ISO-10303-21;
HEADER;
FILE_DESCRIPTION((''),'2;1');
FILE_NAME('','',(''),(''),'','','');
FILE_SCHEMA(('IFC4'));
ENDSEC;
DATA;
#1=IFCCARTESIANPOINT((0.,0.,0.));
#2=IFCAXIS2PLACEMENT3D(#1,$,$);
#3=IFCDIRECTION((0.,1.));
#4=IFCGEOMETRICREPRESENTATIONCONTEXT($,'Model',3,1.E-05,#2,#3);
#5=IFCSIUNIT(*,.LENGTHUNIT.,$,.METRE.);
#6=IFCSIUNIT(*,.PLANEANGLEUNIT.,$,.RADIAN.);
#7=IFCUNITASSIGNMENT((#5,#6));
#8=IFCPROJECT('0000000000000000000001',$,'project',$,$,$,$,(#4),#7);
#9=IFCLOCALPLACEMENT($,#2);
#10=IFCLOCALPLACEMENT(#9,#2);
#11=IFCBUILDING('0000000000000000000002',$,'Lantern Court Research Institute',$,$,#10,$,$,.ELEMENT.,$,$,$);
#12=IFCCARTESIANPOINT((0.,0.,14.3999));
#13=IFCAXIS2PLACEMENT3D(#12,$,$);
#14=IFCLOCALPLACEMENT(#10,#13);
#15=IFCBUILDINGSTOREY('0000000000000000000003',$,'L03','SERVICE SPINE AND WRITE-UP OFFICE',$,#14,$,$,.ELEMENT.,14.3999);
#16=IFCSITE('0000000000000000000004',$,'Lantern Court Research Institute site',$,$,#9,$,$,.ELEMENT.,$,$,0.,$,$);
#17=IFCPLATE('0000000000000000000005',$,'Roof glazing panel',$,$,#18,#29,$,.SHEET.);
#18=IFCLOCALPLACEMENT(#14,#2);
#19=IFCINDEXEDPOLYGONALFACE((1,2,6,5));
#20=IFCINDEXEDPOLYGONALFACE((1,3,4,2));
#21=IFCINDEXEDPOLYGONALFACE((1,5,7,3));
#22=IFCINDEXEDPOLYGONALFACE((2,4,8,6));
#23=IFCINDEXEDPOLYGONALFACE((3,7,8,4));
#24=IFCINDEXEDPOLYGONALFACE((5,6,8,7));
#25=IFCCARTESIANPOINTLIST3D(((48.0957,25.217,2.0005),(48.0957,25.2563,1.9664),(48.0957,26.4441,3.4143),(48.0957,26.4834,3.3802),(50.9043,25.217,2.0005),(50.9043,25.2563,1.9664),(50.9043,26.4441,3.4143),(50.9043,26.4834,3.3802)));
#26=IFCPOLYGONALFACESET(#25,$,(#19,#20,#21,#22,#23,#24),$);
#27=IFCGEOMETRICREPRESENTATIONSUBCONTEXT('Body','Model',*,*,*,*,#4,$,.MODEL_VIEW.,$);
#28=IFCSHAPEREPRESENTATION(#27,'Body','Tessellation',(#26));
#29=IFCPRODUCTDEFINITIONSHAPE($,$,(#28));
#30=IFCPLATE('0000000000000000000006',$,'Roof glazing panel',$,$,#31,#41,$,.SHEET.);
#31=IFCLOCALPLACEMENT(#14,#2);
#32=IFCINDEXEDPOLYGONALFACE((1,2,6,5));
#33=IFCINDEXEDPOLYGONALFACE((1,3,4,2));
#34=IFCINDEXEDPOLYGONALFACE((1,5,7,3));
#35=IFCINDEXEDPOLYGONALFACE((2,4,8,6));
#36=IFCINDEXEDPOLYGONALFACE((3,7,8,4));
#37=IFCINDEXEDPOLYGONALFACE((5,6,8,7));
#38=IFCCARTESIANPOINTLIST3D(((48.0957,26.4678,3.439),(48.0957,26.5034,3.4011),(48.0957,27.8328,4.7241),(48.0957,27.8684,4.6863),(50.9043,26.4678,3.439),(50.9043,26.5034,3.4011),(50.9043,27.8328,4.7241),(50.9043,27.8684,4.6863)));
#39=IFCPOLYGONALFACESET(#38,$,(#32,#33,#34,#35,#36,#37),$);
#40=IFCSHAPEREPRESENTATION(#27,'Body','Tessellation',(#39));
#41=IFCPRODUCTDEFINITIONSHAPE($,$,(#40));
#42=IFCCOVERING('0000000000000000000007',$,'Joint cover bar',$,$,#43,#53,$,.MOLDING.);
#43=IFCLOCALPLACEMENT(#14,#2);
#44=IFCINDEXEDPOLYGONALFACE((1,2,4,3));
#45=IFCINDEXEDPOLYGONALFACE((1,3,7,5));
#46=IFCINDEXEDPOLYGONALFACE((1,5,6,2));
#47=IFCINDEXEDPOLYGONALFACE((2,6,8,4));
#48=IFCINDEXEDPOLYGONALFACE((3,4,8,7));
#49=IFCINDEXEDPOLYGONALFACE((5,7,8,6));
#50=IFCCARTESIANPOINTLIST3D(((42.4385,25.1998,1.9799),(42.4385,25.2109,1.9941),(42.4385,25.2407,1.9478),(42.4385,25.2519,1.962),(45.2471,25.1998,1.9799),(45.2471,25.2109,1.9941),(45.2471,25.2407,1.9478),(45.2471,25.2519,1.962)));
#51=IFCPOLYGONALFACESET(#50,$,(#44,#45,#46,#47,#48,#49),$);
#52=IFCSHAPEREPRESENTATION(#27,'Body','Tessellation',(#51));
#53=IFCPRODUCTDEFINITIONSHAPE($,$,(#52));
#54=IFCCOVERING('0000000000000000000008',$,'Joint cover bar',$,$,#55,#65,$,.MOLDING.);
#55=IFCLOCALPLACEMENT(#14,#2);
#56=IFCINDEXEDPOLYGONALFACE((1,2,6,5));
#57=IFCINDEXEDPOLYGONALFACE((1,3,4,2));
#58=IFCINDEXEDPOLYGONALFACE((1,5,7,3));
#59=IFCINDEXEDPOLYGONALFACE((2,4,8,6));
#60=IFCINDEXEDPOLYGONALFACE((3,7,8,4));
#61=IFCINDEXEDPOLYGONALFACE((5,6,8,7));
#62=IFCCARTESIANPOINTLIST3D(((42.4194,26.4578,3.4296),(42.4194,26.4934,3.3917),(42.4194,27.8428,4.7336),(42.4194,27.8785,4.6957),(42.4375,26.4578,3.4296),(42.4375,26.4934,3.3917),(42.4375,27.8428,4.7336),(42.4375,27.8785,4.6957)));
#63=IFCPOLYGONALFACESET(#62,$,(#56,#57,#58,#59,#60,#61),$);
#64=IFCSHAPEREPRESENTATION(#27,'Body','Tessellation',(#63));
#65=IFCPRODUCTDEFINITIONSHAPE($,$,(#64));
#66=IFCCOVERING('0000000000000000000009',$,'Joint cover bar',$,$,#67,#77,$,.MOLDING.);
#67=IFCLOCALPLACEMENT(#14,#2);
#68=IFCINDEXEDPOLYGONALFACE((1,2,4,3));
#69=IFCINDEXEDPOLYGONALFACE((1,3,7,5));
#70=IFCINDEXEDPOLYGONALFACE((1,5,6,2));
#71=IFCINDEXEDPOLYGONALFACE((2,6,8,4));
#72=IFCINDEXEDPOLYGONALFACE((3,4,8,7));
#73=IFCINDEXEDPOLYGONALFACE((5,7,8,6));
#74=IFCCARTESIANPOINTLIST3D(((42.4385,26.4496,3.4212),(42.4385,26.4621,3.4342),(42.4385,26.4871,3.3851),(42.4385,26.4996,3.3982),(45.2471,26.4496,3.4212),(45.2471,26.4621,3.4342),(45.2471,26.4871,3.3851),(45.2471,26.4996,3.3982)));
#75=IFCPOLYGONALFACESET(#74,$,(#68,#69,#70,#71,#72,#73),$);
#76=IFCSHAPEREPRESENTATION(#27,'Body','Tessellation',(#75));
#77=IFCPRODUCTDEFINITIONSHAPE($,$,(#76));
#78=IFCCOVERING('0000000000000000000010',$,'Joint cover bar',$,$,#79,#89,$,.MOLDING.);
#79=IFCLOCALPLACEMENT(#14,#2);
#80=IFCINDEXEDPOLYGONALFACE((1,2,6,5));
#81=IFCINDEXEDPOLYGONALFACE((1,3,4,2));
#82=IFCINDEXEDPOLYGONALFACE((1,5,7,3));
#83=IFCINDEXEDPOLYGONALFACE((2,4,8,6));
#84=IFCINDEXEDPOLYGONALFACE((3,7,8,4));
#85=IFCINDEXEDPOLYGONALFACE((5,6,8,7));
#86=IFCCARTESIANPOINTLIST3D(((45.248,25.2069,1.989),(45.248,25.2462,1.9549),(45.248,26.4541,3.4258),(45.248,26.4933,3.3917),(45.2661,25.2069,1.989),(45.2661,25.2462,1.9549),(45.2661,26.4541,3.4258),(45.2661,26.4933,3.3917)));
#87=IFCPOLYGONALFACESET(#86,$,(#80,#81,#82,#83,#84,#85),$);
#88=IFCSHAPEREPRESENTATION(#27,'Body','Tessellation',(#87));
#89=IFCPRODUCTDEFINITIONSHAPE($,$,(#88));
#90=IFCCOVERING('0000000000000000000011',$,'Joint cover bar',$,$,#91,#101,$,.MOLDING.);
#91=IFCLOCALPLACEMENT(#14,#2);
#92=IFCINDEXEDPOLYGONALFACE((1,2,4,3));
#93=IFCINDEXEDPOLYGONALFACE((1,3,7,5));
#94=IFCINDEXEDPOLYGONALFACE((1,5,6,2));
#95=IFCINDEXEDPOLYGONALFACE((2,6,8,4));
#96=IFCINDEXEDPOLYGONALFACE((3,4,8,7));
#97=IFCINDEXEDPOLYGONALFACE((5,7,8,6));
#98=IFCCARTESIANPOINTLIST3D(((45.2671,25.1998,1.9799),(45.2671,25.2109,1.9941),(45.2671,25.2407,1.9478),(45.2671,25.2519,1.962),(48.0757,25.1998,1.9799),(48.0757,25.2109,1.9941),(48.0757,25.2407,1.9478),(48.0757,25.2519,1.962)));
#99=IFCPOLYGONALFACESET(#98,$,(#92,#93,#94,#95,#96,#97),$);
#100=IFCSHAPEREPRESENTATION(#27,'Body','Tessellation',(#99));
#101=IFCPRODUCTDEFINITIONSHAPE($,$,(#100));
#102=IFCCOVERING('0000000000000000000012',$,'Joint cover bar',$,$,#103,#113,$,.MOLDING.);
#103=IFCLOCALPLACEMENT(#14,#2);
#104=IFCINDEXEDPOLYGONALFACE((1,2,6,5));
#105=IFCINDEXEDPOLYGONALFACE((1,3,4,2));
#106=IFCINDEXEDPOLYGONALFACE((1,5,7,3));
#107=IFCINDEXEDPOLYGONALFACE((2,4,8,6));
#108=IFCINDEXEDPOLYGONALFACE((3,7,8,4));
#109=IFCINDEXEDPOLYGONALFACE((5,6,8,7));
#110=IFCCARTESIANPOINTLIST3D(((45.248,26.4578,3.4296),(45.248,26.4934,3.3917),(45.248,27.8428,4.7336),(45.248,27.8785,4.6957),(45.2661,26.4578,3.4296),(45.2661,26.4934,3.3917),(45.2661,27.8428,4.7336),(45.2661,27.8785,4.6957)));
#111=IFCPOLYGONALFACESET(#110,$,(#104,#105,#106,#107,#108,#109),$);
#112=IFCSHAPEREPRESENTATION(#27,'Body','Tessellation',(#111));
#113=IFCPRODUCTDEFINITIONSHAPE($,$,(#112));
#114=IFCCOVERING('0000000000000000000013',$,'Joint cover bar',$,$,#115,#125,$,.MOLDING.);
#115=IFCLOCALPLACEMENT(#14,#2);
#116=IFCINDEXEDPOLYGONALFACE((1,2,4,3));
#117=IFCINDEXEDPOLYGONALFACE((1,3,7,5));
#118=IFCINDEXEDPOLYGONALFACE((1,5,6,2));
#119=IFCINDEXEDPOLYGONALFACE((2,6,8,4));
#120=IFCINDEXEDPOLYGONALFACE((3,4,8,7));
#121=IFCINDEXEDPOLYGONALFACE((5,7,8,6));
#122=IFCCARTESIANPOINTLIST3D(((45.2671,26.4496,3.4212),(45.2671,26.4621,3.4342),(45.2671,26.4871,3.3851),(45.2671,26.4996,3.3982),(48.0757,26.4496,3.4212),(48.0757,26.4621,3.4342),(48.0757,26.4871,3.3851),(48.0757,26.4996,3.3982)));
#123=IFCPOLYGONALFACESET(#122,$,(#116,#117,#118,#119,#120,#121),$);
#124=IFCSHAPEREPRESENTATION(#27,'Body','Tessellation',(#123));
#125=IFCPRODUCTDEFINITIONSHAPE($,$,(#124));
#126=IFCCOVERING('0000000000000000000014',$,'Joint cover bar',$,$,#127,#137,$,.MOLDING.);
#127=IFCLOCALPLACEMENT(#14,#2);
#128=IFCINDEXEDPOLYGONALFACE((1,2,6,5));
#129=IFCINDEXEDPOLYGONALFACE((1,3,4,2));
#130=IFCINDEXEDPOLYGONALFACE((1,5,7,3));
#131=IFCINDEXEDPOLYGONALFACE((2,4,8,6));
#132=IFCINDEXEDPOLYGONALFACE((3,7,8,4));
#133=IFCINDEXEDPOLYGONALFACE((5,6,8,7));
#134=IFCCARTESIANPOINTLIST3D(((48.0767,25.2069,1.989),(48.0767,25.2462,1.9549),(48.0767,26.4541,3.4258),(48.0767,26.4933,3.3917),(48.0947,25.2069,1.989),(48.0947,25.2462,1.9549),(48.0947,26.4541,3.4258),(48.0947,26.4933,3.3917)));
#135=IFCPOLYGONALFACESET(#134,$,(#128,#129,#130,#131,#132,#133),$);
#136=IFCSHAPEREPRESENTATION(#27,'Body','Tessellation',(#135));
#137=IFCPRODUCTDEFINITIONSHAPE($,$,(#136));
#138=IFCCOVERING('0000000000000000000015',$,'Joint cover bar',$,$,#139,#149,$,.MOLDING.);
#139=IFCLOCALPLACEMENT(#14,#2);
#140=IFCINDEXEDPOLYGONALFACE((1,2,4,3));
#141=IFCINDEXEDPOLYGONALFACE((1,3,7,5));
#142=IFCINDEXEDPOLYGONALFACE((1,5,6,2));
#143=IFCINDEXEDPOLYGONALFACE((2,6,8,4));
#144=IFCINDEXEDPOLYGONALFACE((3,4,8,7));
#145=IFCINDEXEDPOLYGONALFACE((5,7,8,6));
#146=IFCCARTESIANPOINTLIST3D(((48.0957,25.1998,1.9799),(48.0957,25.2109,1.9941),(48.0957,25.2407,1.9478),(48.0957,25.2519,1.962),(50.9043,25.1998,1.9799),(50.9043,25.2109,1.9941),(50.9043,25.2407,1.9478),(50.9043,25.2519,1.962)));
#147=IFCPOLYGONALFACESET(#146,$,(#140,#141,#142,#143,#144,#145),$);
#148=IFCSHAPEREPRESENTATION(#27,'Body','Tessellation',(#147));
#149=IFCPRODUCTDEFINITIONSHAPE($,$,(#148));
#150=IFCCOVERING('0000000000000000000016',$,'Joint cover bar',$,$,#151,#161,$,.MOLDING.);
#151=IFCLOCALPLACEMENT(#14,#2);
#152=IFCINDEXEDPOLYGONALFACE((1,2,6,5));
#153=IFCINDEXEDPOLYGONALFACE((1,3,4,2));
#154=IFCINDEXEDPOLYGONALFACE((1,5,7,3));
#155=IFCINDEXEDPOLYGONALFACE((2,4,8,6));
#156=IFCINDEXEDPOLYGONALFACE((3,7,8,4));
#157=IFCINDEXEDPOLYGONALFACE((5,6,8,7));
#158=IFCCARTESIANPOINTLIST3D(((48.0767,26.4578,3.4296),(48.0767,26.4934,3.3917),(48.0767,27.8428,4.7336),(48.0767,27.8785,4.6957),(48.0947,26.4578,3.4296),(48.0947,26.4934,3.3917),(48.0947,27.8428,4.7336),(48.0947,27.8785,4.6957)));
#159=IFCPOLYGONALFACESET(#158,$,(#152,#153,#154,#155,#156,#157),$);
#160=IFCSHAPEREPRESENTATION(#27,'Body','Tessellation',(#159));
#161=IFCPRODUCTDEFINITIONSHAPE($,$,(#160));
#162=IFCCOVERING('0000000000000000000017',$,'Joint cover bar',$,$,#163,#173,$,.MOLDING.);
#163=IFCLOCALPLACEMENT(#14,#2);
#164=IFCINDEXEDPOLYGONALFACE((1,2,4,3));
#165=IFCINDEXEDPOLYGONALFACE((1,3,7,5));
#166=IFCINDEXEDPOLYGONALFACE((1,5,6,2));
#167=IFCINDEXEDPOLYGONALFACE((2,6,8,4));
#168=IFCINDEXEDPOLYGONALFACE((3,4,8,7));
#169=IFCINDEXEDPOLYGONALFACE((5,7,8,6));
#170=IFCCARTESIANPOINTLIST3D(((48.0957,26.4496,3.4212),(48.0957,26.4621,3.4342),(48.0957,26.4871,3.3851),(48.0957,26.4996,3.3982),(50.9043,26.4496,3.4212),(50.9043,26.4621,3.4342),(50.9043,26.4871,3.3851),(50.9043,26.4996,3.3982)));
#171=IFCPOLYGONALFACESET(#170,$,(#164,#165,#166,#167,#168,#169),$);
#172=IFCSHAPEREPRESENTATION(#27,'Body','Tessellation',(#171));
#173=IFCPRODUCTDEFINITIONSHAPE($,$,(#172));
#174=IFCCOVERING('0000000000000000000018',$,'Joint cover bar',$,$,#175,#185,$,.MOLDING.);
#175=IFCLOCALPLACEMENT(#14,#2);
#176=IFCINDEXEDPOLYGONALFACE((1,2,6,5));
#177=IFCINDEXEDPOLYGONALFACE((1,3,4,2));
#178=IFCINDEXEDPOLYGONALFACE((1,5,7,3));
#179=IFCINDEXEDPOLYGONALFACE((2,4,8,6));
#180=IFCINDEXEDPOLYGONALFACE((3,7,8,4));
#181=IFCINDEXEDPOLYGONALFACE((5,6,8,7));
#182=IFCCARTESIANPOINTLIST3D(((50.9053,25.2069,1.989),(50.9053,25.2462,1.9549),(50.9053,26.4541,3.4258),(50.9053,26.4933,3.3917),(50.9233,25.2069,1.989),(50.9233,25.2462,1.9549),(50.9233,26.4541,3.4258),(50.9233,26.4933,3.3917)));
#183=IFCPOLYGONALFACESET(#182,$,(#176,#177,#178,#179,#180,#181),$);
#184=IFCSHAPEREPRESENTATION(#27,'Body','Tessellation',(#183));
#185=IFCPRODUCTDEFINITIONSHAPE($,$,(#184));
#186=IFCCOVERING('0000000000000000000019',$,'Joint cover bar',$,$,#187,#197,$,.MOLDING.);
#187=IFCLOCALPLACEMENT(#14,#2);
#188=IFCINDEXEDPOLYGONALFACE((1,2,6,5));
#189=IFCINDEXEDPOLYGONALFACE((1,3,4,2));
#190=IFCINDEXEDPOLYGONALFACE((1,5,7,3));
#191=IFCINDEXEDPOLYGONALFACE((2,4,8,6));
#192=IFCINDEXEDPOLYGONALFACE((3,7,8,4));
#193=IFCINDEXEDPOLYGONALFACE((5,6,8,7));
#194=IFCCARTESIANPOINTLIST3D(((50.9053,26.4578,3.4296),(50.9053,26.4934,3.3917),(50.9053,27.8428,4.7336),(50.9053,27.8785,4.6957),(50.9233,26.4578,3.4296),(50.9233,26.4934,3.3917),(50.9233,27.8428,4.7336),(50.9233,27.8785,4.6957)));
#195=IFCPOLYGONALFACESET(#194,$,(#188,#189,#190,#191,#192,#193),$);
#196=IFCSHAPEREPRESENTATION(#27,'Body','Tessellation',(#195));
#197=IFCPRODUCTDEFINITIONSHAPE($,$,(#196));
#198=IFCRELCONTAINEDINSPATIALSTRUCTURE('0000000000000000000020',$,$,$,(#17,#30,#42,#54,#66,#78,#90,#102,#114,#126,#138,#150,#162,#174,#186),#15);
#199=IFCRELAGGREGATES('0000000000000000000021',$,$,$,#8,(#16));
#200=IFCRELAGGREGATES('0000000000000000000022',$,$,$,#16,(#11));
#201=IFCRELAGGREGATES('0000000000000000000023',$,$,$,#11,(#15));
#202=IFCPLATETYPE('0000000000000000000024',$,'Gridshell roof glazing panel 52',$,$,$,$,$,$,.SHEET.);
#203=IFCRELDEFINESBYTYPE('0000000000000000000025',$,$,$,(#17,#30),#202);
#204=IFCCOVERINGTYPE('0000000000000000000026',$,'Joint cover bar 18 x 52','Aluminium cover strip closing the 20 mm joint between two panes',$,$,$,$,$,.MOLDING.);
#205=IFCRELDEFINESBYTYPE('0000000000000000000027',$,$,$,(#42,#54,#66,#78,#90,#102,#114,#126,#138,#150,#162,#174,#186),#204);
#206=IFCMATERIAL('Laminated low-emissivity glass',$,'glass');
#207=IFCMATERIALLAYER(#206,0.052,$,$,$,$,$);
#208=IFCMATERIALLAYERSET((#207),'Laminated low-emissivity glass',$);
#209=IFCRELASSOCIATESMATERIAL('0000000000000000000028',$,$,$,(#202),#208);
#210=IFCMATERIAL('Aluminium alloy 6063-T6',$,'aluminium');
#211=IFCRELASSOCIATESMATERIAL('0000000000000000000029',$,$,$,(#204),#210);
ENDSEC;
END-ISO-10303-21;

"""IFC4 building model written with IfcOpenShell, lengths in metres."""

from ifc_helpers import new_model, si_unit, direction, frame, origin, origin_2d, place, context, subcontext, project, spatial, polyline, rectangle, outline, extrude, material, layer, layer_set, material_profile, profile_set, type_object, element, save


model = new_model("IFC4")

# Units and contexts
model_context = context("Model", 3, precision=1e-05, world=origin(), true_north=direction((0.0, 1.0)))
body_context = subcontext(model_context, "Body", "Model", "MODEL_VIEW")
ifc_project = project(units=[si_unit("LENGTHUNIT", "METRE"), si_unit("PLANEANGLEUNIT", "RADIAN")], contexts=[model_context])

# Site, building, storey
site_placement = place(None, origin())
site = spatial("IfcSite", under=ifc_project, at=site_placement, Name="Lantern Court Research Institute site", CompositionType="ELEMENT", RefElevation=0.0)
building_placement = place(site_placement, origin())
building = spatial("IfcBuilding", under=site, at=building_placement, Name="Lantern Court Research Institute", CompositionType="ELEMENT")
storey_placement = place(building_placement, frame((0.0, 0.0, 14.3999)))
storey = spatial("IfcBuildingStorey", under=building, at=storey_placement, Name="L03", Description="SERVICE SPINE AND WRITE-UP OFFICE", CompositionType="ELEMENT", Elevation=14.3999)

# Plates
ifc_material_1 = material(Name="Laminated low-emissivity glass", Category="glass")
ifc_layer = layer(ifc_material_1, 0.052)
ifc_layer_set = layer_set([ifc_layer], Name="Laminated low-emissivity glass")
plate_type = type_object("IfcPlateType", Name="Gridshell roof glazing panel 52", PredefinedType="SHEET", material=ifc_layer_set)
plate_1_placement = place(storey_placement, frame((50.9043, 25.217, 2.0005), z_axis=(0.0, -0.755228, 0.655462), x_axis=(-1.0, 0.0, 0.0)))
element("IfcPlate", 1, at=plate_1_placement, inside=storey, type_object=plate_type, Name="Roof glazing panel", PredefinedType="SHEET", context=body_context, shape_type="SweptSolid", body=[
    extrude(outline(polyline([(0.0, 0.0), (2.8086, 0.0), (2.8086, -1.872), (0.0, -1.872), (0.0, 0.0)])), origin(), (0.0, 0.0, -1.0), 0.052),
])
plate_2_placement = place(storey_placement, frame((50.9043, 26.4678, 3.439), z_axis=(0.0, -0.685495, 0.728078), x_axis=(-1.0, 0.0, 0.0)))
element("IfcPlate", 2, at=plate_2_placement, inside=storey, type_object=plate_type, Name="Roof glazing panel", PredefinedType="SHEET", context=body_context, shape_type="SweptSolid", body=[
    extrude(outline(polyline([(0.0, 0.0), (2.8086, 0.0), (2.8086, -1.8748), (0.0, -1.8748), (0.0, 0.0)])), origin(), (0.0, 0.0, -1.0), 0.052),
])

# Coverings
ifc_material_2 = material(Name="Aluminium alloy 6063-T6", Category="aluminium")
ifc_material_profile_1 = material_profile(ifc_material_2, rectangle(XDim=0.0181, YDim=0.052, at=origin_2d()), Name="Joint cover bar 18 x 52")
ifc_profile_set_1 = profile_set([ifc_material_profile_1], Name="Aluminium alloy 6063-T6")
covering_type = type_object("IfcCoveringType", Name="Joint cover bar 18 x 52", Description="Aluminium cover strip closing the 20 mm joint between two panes", PredefinedType="MOLDING", material=ifc_profile_set_1)
covering_1_placement = place(storey_placement, frame((42.4385, 25.2258, 1.9709), z_axis=(1.0, 0.0, 0.0), x_axis=(0.0, 0.616657, 0.787232)))
element("IfcCovering", 3, at=covering_1_placement, inside=storey, type_object=covering_type, Name="Joint cover bar", PredefinedType="MOLDING", context=body_context, shape_type="SweptSolid", body=[
    extrude(rectangle(XDim=0.0181, YDim=0.052, at=origin_2d()), origin(), (0.0, 0.0, 1.0), 2.8086),
])
covering_2_placement = place(storey_placement, frame((42.4285, 26.4756, 3.4106), z_axis=(0.0, 0.728091, 0.685481), x_axis=(-1.0, 0.0, 0.0)))
element("IfcCovering", 4, at=covering_2_placement, inside=storey, type_object=covering_type, Name="Joint cover bar", PredefinedType="MOLDING", context=body_context, shape_type="SweptSolid", body=[
    extrude(rectangle(XDim=0.0181, YDim=0.052, at=origin_2d()), origin(), (0.0, 0.0, 1.0), 1.9023),
])
covering_3_placement = place(storey_placement, frame((42.4385, 26.4746, 3.4097), z_axis=(1.0, 0.0, 0.0), x_axis=(0.0, 0.692674, 0.721251)))
element("IfcCovering", 5, at=covering_3_placement, inside=storey, type_object=covering_type, Name="Joint cover bar", PredefinedType="MOLDING", context=body_context, shape_type="SweptSolid", body=[
    extrude(rectangle(XDim=0.0181, YDim=0.052, at=origin_2d()), origin(), (0.0, 0.0, 1.0), 2.8086),
])
covering_4_placement = place(storey_placement, frame((45.2571, 25.2266, 1.9719), z_axis=(0.0, 0.655492, 0.755202), x_axis=(-1.0, 0.0, 0.0)))
element("IfcCovering", 6, at=covering_4_placement, inside=storey, type_object=covering_type, Name="Joint cover bar", PredefinedType="MOLDING", context=body_context, shape_type="SweptSolid", body=[
    extrude(rectangle(XDim=0.0181, YDim=0.052, at=origin_2d()), origin(), (0.0, 0.0, 1.0), 1.9026),
])
covering_5_placement = place(storey_placement, frame((45.2671, 25.2258, 1.9709), z_axis=(1.0, 0.0, 0.0), x_axis=(0.0, 0.616657, 0.787232)))
element("IfcCovering", 7, at=covering_5_placement, inside=storey, type_object=covering_type, Name="Joint cover bar", PredefinedType="MOLDING", context=body_context, shape_type="SweptSolid", body=[
    extrude(rectangle(XDim=0.0181, YDim=0.052, at=origin_2d()), origin(), (0.0, 0.0, 1.0), 2.8086),
])
covering_6_placement = place(storey_placement, frame((45.2571, 26.4756, 3.4106), z_axis=(0.0, 0.728091, 0.685481), x_axis=(-1.0, 0.0, 0.0)))
element("IfcCovering", 8, at=covering_6_placement, inside=storey, type_object=covering_type, Name="Joint cover bar", PredefinedType="MOLDING", context=body_context, shape_type="SweptSolid", body=[
    extrude(rectangle(XDim=0.0181, YDim=0.052, at=origin_2d()), origin(), (0.0, 0.0, 1.0), 1.9023),
])
covering_7_placement = place(storey_placement, frame((45.2671, 26.4746, 3.4097), z_axis=(1.0, 0.0, 0.0), x_axis=(0.0, 0.692674, 0.721251)))
element("IfcCovering", 9, at=covering_7_placement, inside=storey, type_object=covering_type, Name="Joint cover bar", PredefinedType="MOLDING", context=body_context, shape_type="SweptSolid", body=[
    extrude(rectangle(XDim=0.0181, YDim=0.052, at=origin_2d()), origin(), (0.0, 0.0, 1.0), 2.8086),
])
covering_8_placement = place(storey_placement, frame((48.0857, 25.2266, 1.9719), z_axis=(0.0, 0.655492, 0.755202), x_axis=(-1.0, 0.0, 0.0)))
element("IfcCovering", 10, at=covering_8_placement, inside=storey, type_object=covering_type, Name="Joint cover bar", PredefinedType="MOLDING", context=body_context, shape_type="SweptSolid", body=[
    extrude(rectangle(XDim=0.0181, YDim=0.052, at=origin_2d()), origin(), (0.0, 0.0, 1.0), 1.9026),
])
covering_9_placement = place(storey_placement, frame((48.0957, 25.2258, 1.9709), z_axis=(1.0, 0.0, 0.0), x_axis=(0.0, 0.616657, 0.787232)))
element("IfcCovering", 11, at=covering_9_placement, inside=storey, type_object=covering_type, Name="Joint cover bar", PredefinedType="MOLDING", context=body_context, shape_type="SweptSolid", body=[
    extrude(rectangle(XDim=0.0181, YDim=0.052, at=origin_2d()), origin(), (0.0, 0.0, 1.0), 2.8086),
])
covering_10_placement = place(storey_placement, frame((48.0857, 26.4756, 3.4106), z_axis=(0.0, 0.728091, 0.685481), x_axis=(-1.0, 0.0, 0.0)))
element("IfcCovering", 12, at=covering_10_placement, inside=storey, type_object=covering_type, Name="Joint cover bar", PredefinedType="MOLDING", context=body_context, shape_type="SweptSolid", body=[
    extrude(rectangle(XDim=0.0181, YDim=0.052, at=origin_2d()), origin(), (0.0, 0.0, 1.0), 1.9023),
])
covering_11_placement = place(storey_placement, frame((48.0957, 26.4746, 3.4097), z_axis=(1.0, 0.0, 0.0), x_axis=(0.0, 0.692674, 0.721251)))
element("IfcCovering", 13, at=covering_11_placement, inside=storey, type_object=covering_type, Name="Joint cover bar", PredefinedType="MOLDING", context=body_context, shape_type="SweptSolid", body=[
    extrude(rectangle(XDim=0.0181, YDim=0.052, at=origin_2d()), origin(), (0.0, 0.0, 1.0), 2.8086),
])
covering_12_placement = place(storey_placement, frame((50.9143, 25.2266, 1.9719), z_axis=(0.0, 0.655492, 0.755202), x_axis=(-1.0, 0.0, 0.0)))
element("IfcCovering", 14, at=covering_12_placement, inside=storey, type_object=covering_type, Name="Joint cover bar", PredefinedType="MOLDING", context=body_context, shape_type="SweptSolid", body=[
    extrude(rectangle(XDim=0.0181, YDim=0.052, at=origin_2d()), origin(), (0.0, 0.0, 1.0), 1.9026),
])
covering_13_placement = place(storey_placement, frame((50.9143, 26.4756, 3.4106), z_axis=(0.0, 0.728091, 0.685481), x_axis=(-1.0, 0.0, 0.0)))
element("IfcCovering", 15, at=covering_13_placement, inside=storey, type_object=covering_type, Name="Joint cover bar", PredefinedType="MOLDING", context=body_context, shape_type="SweptSolid", body=[
    extrude(rectangle(XDim=0.0181, YDim=0.052, at=origin_2d()), origin(), (0.0, 0.0, 1.0), 1.9023),
])

save(model, "model.ifc")
